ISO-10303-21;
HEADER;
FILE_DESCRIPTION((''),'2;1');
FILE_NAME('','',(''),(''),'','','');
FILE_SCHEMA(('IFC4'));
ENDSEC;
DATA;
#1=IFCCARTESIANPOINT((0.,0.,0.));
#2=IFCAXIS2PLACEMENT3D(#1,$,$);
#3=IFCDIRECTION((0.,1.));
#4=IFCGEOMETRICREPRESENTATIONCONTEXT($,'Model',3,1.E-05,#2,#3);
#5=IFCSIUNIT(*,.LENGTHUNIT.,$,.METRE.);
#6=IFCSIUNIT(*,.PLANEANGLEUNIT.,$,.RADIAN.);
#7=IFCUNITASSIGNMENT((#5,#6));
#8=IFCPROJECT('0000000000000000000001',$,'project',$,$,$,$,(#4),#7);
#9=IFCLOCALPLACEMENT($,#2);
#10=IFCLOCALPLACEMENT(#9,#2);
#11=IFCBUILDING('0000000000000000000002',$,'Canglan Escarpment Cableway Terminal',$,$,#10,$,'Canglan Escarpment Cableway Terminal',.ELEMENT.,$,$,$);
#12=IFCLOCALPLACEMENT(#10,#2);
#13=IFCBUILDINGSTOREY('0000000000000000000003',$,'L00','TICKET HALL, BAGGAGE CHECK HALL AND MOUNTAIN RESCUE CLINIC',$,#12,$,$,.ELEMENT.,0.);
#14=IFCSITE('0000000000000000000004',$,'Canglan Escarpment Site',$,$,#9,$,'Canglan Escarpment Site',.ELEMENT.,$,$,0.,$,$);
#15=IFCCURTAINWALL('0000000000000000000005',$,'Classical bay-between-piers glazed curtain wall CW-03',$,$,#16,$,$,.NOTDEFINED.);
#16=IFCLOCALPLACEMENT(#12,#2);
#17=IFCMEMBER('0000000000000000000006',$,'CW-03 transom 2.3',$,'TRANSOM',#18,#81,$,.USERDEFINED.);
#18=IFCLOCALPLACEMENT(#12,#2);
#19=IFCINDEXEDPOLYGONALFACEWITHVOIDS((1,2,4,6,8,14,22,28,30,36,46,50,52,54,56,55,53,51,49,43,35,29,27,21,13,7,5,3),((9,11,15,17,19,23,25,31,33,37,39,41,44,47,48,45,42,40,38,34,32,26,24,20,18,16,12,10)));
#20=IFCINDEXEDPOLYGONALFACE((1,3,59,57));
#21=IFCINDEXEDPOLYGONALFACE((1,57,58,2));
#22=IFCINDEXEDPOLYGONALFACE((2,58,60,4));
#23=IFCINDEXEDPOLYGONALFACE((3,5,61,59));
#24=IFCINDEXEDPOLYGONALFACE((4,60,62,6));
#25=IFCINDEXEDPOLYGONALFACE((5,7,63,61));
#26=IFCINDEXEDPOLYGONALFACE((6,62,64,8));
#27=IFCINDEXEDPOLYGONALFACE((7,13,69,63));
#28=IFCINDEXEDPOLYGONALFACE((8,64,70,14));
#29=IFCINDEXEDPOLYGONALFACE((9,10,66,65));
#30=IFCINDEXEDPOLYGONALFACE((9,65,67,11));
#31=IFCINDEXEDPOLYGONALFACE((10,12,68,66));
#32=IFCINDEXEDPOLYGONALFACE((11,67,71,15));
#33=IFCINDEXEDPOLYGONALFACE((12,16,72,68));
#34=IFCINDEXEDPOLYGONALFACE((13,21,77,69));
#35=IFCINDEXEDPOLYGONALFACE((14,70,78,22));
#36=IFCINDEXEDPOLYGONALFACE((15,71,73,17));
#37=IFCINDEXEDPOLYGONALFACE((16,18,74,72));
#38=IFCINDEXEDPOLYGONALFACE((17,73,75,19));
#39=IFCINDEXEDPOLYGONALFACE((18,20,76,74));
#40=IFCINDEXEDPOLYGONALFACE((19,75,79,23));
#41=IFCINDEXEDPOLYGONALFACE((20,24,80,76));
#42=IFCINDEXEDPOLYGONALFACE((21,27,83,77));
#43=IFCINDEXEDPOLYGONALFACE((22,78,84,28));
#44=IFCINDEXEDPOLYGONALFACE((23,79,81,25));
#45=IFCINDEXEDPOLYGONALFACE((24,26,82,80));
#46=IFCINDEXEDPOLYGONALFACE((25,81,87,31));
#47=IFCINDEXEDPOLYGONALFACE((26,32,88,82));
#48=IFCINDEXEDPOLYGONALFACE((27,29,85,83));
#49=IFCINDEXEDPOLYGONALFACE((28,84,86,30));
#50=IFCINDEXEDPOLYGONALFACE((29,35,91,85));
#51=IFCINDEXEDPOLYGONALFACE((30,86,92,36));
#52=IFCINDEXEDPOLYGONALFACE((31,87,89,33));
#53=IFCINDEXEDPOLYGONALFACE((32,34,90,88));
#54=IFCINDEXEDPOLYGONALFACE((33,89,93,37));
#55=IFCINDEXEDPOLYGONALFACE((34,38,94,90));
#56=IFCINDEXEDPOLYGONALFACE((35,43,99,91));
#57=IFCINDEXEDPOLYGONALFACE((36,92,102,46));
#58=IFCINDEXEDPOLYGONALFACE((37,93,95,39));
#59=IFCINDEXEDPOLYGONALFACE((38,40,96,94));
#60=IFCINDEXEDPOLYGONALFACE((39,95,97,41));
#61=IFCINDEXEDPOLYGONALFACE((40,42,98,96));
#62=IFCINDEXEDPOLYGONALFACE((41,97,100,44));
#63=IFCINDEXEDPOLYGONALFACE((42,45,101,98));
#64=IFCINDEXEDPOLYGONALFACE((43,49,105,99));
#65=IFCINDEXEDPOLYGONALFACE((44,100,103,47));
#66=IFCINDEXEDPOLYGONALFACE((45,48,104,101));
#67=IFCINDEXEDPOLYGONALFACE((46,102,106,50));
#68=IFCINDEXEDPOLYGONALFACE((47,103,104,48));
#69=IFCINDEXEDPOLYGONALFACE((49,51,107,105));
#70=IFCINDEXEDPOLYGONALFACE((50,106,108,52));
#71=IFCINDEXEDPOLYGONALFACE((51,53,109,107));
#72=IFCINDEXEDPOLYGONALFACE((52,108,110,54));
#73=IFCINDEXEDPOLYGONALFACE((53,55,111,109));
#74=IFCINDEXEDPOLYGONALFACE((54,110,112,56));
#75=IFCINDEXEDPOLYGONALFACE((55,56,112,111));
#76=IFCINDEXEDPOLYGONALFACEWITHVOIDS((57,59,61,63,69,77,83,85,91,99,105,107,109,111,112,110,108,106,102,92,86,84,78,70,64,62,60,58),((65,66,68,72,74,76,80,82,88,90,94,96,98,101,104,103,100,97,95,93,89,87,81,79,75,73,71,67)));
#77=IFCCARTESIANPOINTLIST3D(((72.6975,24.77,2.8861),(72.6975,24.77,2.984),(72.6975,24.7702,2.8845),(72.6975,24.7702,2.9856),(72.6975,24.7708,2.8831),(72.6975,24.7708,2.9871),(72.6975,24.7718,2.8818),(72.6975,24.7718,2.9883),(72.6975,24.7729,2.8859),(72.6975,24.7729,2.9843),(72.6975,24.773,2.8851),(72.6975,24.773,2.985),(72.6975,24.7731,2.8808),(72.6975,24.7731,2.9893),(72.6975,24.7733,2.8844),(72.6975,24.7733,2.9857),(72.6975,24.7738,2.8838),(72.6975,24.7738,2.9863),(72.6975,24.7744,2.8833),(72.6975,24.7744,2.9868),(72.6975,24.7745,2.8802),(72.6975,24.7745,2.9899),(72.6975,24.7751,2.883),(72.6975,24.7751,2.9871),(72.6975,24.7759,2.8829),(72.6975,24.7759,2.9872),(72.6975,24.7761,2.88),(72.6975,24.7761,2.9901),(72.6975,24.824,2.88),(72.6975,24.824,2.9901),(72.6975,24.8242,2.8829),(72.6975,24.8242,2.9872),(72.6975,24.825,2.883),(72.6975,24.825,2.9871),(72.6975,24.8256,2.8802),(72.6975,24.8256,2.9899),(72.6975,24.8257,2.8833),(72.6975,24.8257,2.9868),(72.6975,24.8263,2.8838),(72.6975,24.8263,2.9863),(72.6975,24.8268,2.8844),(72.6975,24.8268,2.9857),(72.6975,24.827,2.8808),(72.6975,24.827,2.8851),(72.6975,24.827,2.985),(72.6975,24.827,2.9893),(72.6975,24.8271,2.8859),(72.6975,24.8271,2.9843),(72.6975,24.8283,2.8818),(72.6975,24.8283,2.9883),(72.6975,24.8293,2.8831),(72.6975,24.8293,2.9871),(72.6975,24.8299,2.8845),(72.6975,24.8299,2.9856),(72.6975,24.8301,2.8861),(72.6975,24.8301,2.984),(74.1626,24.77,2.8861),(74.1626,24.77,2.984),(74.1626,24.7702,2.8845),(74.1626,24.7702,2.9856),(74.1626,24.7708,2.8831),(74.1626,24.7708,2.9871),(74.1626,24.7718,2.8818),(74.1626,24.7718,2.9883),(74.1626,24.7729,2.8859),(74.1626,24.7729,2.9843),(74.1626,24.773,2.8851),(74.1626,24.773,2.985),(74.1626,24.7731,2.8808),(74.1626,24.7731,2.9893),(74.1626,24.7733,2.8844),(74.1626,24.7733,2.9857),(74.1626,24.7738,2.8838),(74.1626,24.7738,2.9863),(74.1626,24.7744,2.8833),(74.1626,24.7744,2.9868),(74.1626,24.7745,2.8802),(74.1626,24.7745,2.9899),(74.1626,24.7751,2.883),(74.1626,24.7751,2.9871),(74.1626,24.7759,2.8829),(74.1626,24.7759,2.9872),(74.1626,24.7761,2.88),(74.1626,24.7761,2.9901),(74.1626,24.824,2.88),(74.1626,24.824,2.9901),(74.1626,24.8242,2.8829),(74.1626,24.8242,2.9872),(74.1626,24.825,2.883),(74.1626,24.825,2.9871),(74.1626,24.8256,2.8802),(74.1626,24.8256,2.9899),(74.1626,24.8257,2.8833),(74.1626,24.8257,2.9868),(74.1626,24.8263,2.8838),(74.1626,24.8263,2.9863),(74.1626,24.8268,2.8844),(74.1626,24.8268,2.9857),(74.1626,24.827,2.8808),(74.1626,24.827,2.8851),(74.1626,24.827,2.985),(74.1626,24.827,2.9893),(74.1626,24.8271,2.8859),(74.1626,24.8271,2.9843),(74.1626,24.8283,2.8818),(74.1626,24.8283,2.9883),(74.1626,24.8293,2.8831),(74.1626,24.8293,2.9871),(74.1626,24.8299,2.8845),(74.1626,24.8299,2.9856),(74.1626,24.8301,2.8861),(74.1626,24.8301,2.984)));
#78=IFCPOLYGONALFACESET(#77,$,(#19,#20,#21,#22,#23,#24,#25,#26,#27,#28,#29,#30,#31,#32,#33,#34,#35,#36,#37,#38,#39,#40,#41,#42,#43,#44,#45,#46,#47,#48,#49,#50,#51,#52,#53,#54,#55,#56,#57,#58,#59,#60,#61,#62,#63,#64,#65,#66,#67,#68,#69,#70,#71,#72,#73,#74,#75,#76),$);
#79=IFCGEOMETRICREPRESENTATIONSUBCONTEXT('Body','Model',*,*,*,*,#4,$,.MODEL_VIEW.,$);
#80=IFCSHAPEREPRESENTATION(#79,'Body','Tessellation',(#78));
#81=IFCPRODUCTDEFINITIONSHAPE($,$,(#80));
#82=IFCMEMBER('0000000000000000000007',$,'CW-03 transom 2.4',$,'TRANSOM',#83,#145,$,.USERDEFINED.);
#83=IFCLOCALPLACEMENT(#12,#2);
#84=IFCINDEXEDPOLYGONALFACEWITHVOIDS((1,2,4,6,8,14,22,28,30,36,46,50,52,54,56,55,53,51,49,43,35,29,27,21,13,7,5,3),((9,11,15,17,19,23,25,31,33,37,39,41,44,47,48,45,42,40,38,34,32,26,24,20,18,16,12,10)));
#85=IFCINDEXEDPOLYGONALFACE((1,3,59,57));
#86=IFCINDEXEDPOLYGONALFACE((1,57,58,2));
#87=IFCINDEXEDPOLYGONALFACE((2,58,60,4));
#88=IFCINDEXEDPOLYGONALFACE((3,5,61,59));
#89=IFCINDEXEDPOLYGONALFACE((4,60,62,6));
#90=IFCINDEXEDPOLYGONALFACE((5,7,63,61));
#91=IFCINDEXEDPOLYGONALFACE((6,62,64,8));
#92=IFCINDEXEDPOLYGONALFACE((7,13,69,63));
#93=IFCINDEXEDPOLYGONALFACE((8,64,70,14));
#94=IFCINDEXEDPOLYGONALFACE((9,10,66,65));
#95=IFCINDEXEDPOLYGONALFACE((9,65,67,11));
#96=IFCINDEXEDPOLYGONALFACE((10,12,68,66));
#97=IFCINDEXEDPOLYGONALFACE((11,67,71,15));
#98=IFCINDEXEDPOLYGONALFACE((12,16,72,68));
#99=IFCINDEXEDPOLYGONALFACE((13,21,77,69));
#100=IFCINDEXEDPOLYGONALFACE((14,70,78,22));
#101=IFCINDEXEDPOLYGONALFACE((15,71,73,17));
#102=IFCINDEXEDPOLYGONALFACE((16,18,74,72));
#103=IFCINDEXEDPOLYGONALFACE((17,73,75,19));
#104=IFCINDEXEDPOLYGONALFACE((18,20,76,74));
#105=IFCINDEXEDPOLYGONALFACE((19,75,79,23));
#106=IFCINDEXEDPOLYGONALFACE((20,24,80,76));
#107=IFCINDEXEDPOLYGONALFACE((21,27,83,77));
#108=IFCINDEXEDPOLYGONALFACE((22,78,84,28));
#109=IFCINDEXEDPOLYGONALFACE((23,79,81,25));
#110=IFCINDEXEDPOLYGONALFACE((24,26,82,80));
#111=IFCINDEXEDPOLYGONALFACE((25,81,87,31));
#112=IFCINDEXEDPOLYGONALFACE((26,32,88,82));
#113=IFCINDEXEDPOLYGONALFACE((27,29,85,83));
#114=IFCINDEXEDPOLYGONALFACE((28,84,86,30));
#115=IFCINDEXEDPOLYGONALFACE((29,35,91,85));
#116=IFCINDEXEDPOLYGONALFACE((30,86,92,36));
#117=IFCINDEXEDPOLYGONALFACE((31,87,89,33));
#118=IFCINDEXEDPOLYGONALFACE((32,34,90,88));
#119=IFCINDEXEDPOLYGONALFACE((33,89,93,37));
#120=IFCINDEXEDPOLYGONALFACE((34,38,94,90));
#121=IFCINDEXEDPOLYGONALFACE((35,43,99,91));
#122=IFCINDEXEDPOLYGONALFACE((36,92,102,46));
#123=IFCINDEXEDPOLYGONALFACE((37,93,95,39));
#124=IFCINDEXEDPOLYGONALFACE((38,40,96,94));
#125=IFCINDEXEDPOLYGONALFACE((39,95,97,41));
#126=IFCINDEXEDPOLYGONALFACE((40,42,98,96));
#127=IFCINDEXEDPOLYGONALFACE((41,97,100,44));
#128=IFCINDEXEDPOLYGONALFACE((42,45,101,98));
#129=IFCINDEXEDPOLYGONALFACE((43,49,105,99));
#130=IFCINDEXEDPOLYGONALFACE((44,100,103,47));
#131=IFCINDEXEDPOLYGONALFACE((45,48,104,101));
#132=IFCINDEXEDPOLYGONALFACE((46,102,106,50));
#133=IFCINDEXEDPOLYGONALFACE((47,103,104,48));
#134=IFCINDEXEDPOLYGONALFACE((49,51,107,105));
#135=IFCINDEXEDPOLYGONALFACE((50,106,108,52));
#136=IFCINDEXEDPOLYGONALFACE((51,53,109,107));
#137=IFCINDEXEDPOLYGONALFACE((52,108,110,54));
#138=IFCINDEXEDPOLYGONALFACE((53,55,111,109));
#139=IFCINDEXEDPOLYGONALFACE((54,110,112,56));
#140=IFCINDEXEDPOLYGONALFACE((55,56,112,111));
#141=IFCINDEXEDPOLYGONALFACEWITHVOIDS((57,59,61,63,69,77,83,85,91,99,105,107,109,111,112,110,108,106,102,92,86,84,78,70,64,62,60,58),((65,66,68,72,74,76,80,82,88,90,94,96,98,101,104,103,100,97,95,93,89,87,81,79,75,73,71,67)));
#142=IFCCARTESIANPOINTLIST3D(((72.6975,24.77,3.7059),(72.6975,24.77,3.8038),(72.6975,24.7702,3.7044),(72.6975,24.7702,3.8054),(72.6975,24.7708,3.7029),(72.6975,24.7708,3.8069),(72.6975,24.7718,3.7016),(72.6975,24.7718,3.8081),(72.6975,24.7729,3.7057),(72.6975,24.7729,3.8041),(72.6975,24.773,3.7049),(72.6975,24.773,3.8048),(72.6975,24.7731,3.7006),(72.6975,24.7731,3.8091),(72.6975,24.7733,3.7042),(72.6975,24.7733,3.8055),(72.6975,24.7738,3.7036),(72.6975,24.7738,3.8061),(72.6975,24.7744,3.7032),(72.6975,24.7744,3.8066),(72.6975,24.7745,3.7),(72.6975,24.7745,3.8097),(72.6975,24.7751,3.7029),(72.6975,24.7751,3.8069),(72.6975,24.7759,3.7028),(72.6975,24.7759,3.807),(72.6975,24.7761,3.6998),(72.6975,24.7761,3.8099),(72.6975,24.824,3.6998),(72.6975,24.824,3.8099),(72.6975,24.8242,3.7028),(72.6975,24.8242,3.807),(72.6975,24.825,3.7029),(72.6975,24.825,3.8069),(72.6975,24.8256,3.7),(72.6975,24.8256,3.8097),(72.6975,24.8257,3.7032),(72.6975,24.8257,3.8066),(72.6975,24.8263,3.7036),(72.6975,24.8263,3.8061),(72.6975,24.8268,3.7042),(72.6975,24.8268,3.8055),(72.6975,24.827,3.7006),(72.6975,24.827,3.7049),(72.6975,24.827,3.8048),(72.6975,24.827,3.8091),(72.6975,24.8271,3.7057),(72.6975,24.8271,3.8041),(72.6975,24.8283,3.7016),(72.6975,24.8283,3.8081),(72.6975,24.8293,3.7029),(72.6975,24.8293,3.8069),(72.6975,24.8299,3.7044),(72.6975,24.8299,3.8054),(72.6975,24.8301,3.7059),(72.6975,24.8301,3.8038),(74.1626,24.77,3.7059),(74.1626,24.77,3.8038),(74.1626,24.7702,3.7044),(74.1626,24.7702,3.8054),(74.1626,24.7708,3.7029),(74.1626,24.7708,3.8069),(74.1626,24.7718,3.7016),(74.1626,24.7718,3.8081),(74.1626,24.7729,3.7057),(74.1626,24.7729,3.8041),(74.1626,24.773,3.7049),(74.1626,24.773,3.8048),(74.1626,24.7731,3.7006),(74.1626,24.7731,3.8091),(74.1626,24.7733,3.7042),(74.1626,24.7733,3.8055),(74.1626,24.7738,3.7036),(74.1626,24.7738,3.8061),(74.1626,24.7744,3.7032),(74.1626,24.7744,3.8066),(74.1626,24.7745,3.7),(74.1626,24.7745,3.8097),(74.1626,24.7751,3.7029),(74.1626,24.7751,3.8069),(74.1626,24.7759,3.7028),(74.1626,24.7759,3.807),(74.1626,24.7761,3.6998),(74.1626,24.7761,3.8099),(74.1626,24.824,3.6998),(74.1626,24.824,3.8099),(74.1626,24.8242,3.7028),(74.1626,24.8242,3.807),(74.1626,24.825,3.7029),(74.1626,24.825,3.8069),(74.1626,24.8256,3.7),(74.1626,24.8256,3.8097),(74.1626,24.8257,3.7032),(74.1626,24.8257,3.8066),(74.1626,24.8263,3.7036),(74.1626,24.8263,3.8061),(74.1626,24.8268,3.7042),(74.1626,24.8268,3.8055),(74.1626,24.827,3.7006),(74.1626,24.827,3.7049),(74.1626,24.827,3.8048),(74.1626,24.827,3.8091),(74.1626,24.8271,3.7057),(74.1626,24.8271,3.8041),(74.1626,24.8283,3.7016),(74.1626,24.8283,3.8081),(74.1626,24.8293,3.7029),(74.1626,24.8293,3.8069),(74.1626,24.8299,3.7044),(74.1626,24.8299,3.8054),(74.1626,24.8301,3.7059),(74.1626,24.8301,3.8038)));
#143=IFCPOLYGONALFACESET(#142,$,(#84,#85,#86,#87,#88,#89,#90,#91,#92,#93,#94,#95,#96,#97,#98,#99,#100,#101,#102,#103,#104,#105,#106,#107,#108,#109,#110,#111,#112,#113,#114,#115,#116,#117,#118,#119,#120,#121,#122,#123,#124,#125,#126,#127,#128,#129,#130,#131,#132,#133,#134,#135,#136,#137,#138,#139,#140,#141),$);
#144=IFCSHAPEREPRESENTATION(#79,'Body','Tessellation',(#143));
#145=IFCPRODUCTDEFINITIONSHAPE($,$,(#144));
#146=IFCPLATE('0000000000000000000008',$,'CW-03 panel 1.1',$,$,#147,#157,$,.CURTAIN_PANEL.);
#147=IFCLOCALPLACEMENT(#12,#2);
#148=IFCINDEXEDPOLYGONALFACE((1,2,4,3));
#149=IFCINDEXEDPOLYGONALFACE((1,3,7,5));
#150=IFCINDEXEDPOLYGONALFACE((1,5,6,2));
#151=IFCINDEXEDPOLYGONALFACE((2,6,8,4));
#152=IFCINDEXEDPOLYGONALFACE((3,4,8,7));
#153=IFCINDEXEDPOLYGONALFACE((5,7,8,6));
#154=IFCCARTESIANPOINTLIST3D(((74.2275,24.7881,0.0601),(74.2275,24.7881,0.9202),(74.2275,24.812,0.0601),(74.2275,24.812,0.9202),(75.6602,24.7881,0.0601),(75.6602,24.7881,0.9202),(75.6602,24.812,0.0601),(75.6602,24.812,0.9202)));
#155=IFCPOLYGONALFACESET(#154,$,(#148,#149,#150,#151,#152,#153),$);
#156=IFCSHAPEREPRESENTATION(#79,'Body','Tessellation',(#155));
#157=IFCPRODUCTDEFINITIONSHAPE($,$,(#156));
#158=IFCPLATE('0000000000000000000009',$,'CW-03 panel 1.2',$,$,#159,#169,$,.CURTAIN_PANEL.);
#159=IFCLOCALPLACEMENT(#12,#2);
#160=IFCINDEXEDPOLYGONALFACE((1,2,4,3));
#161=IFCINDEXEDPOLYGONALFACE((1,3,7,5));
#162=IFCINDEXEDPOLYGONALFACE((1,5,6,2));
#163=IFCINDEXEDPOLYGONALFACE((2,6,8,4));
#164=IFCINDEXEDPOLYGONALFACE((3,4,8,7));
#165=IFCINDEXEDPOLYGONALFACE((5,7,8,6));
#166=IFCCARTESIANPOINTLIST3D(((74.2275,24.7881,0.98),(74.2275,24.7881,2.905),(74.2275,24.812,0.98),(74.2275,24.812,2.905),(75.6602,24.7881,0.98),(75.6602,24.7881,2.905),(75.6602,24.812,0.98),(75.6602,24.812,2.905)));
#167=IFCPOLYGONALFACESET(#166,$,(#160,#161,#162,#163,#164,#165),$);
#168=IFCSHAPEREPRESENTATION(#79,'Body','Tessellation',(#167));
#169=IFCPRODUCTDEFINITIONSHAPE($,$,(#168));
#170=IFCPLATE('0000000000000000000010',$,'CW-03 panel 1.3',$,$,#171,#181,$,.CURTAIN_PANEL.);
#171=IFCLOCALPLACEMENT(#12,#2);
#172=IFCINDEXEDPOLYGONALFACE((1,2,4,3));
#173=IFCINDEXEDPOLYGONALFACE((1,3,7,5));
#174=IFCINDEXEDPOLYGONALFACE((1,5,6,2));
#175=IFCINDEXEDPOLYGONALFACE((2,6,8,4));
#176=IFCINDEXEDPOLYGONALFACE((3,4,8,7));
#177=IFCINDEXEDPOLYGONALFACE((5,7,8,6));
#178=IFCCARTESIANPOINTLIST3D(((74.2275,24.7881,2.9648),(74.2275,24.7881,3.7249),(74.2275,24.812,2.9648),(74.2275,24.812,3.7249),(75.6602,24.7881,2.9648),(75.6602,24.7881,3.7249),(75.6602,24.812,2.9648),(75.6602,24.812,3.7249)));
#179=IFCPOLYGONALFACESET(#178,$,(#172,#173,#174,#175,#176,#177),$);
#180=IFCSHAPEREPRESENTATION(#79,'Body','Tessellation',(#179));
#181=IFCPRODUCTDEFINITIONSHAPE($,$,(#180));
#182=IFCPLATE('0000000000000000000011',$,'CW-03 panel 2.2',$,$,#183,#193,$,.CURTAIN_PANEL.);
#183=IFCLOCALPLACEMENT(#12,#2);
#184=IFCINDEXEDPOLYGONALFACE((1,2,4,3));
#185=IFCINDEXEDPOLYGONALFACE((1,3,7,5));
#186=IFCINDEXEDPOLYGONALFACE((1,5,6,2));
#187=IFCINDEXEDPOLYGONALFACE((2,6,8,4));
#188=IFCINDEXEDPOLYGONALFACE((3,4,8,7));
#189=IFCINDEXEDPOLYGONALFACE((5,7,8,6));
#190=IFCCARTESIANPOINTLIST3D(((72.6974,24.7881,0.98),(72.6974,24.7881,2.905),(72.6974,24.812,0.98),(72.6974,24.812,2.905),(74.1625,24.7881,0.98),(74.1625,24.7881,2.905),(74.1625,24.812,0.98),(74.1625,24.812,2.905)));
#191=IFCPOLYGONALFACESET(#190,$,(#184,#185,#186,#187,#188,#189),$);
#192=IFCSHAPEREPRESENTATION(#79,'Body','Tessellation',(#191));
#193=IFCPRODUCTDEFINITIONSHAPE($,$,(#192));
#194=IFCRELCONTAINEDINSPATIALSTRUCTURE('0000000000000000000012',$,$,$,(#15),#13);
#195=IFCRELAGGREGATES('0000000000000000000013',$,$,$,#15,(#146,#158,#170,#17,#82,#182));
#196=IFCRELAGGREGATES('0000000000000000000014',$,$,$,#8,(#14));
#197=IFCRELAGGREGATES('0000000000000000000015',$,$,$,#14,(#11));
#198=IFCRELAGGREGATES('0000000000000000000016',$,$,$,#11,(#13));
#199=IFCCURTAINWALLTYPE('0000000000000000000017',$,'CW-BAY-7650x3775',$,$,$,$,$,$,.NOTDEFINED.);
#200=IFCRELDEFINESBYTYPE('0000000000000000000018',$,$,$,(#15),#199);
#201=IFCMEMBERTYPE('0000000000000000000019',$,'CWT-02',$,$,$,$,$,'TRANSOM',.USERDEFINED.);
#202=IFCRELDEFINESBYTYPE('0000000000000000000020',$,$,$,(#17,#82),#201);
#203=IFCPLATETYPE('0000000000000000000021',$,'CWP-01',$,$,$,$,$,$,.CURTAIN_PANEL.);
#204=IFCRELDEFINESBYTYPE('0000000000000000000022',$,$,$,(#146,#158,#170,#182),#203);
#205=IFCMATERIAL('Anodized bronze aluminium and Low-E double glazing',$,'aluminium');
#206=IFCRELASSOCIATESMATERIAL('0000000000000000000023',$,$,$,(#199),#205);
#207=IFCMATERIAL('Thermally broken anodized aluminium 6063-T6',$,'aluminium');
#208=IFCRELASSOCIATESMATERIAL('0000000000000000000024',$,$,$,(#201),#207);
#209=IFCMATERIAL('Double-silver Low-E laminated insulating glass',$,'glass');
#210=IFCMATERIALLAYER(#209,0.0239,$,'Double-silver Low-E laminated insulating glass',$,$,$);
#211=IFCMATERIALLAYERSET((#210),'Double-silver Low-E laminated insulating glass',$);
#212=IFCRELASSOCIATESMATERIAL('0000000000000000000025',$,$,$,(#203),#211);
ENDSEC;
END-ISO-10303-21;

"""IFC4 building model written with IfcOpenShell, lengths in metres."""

from ifc_helpers import new_model, si_unit, direction, frame, origin, origin_2d, place, context, subcontext, project, spatial, rectangle, hollow_rectangle, extrude, material, layer, layer_set, material_profile, profile_set, type_object, element, aggregate, save


model = new_model("IFC4")

# Units and contexts
model_context = context("Model", 3, precision=1e-05, world=origin(), true_north=direction((0.0, 1.0)))
body_context = subcontext(model_context, "Body", "Model", "MODEL_VIEW")
ifc_project = project(units=[si_unit("LENGTHUNIT", "METRE"), si_unit("PLANEANGLEUNIT", "RADIAN")], contexts=[model_context])

# Site, building, storey
site_placement = place(None, origin())
site = spatial("IfcSite", under=ifc_project, at=site_placement, Name="Canglan Escarpment Site", LongName="Canglan Escarpment Site", CompositionType="ELEMENT", RefElevation=0.0)
building_placement = place(site_placement, origin())
building = spatial("IfcBuilding", under=site, at=building_placement, Name="Canglan Escarpment Cableway Terminal", LongName="Canglan Escarpment Cableway Terminal", CompositionType="ELEMENT")
storey_placement = place(building_placement, origin())
storey = spatial("IfcBuildingStorey", under=building, at=storey_placement, Name="L00", Description="TICKET HALL, BAGGAGE CHECK HALL AND MOUNTAIN RESCUE CLINIC", CompositionType="ELEMENT", Elevation=0.0)

# Curtain wall, members, plates
ifc_material_1 = material(Name="Anodized bronze aluminium and Low-E double glazing", Category="aluminium")
curtain_wall_type = type_object("IfcCurtainWallType", Name="CW-BAY-7650x3775", PredefinedType="NOTDEFINED", material=ifc_material_1)
curtain_wall_placement = place(storey_placement, origin())
curtain_wall = element("IfcCurtainWall", 1, at=curtain_wall_placement, inside=storey, type_object=curtain_wall_type, Name="Classical bay-between-piers glazed curtain wall CW-03", PredefinedType="NOTDEFINED")
ifc_material_2 = material(Name="Thermally broken anodized aluminium 6063-T6", Category="aluminium")
ifc_material_profile_1 = material_profile(ifc_material_2, hollow_rectangle(XDim=0.0601, YDim=0.1101, WallThickness=0.0029, InnerFilletRadius=0.0029, OuterFilletRadius=0.0061, at=origin_2d()), Name="ALU-TRAN 60x110x3")
ifc_profile_set_1 = profile_set([ifc_material_profile_1], Name="Thermally broken anodized aluminium 6063-T6")
member_type_1 = type_object("IfcMemberType", Name="CWT-02", ElementType="TRANSOM", PredefinedType="USERDEFINED", material=ifc_profile_set_1)
member_1_placement = place(storey_placement, frame((74.1626, 24.8, 2.9351), z_axis=(-1.0, 0.0, 0.0), x_axis=(0.0, -1.0, 0.0)))
member_1 = element("IfcMember", 2, at=member_1_placement, type_object=member_type_1, Name="CW-03 transom 2.3", ObjectType="TRANSOM", PredefinedType="USERDEFINED", context=body_context, shape_type="SweptSolid", body=[
    extrude(hollow_rectangle(XDim=0.0601, YDim=0.1101, WallThickness=0.0029, InnerFilletRadius=0.0029, OuterFilletRadius=0.0061, at=origin_2d()), origin(), (0.0, 0.0, 1.0), 1.4651),
])
member_2_placement = place(storey_placement, frame((74.1626, 24.8, 3.7549), z_axis=(-1.0, 0.0, 0.0), x_axis=(0.0, -1.0, 0.0)))
member_2 = element("IfcMember", 3, at=member_2_placement, type_object=member_type_1, Name="CW-03 transom 2.4", ObjectType="TRANSOM", PredefinedType="USERDEFINED", context=body_context, shape_type="SweptSolid", body=[
    extrude(hollow_rectangle(XDim=0.0601, YDim=0.1101, WallThickness=0.0029, InnerFilletRadius=0.0029, OuterFilletRadius=0.0061, at=origin_2d()), origin(), (0.0, 0.0, 1.0), 1.4651),
])
ifc_material_3 = material(Name="Double-silver Low-E laminated insulating glass", Category="glass")
ifc_layer_1 = layer(ifc_material_3, 0.0239, Name="Double-silver Low-E laminated insulating glass")
ifc_layer_set_1 = layer_set([ifc_layer_1], Name="Double-silver Low-E laminated insulating glass")
plate_type = type_object("IfcPlateType", Name="CWP-01", PredefinedType="CURTAIN_PANEL", material=ifc_layer_set_1)
plate_1_placement = place(storey_placement, frame((74.9438, 24.8, 0.0601), z_axis=(0.0, 0.0, 1.0), x_axis=(-1.0, 0.0, 0.0)))
plate_1 = element("IfcPlate", 4, at=plate_1_placement, type_object=plate_type, Name="CW-03 panel 1.1", PredefinedType="CURTAIN_PANEL", context=body_context, shape_type="SweptSolid", body=[
    extrude(rectangle(XDim=1.4326, YDim=0.0239, at=origin_2d()), origin(), (0.0, 0.0, 1.0), 0.8601),
])
plate_2_placement = place(storey_placement, frame((74.9438, 24.8, 0.98), z_axis=(0.0, 0.0, 1.0), x_axis=(-1.0, 0.0, 0.0)))
plate_2 = element("IfcPlate", 5, at=plate_2_placement, type_object=plate_type, Name="CW-03 panel 1.2", PredefinedType="CURTAIN_PANEL", context=body_context, shape_type="SweptSolid", body=[
    extrude(rectangle(XDim=1.4326, YDim=0.0239, at=origin_2d()), origin(), (0.0, 0.0, 1.0), 1.925),
])
plate_3_placement = place(storey_placement, frame((74.9438, 24.8, 2.9648), z_axis=(0.0, 0.0, 1.0), x_axis=(-1.0, 0.0, 0.0)))
plate_3 = element("IfcPlate", 6, at=plate_3_placement, type_object=plate_type, Name="CW-03 panel 1.3", PredefinedType="CURTAIN_PANEL", context=body_context, shape_type="SweptSolid", body=[
    extrude(rectangle(XDim=1.4326, YDim=0.0239, at=origin_2d()), origin(), (0.0, 0.0, 1.0), 0.76),
])
plate_4_placement = place(storey_placement, frame((73.4299, 24.8, 0.98), z_axis=(0.0, 0.0, 1.0), x_axis=(-1.0, 0.0, 0.0)))
plate_4 = element("IfcPlate", 7, at=plate_4_placement, type_object=plate_type, Name="CW-03 panel 2.2", PredefinedType="CURTAIN_PANEL", context=body_context, shape_type="SweptSolid", body=[
    extrude(rectangle(XDim=1.4651, YDim=0.0239, at=origin_2d()), origin(), (0.0, 0.0, 1.0), 1.925),
])
aggregate(curtain_wall, [plate_1, plate_2, plate_3, member_1, member_2, plate_4])

save(model, "model.ifc")
